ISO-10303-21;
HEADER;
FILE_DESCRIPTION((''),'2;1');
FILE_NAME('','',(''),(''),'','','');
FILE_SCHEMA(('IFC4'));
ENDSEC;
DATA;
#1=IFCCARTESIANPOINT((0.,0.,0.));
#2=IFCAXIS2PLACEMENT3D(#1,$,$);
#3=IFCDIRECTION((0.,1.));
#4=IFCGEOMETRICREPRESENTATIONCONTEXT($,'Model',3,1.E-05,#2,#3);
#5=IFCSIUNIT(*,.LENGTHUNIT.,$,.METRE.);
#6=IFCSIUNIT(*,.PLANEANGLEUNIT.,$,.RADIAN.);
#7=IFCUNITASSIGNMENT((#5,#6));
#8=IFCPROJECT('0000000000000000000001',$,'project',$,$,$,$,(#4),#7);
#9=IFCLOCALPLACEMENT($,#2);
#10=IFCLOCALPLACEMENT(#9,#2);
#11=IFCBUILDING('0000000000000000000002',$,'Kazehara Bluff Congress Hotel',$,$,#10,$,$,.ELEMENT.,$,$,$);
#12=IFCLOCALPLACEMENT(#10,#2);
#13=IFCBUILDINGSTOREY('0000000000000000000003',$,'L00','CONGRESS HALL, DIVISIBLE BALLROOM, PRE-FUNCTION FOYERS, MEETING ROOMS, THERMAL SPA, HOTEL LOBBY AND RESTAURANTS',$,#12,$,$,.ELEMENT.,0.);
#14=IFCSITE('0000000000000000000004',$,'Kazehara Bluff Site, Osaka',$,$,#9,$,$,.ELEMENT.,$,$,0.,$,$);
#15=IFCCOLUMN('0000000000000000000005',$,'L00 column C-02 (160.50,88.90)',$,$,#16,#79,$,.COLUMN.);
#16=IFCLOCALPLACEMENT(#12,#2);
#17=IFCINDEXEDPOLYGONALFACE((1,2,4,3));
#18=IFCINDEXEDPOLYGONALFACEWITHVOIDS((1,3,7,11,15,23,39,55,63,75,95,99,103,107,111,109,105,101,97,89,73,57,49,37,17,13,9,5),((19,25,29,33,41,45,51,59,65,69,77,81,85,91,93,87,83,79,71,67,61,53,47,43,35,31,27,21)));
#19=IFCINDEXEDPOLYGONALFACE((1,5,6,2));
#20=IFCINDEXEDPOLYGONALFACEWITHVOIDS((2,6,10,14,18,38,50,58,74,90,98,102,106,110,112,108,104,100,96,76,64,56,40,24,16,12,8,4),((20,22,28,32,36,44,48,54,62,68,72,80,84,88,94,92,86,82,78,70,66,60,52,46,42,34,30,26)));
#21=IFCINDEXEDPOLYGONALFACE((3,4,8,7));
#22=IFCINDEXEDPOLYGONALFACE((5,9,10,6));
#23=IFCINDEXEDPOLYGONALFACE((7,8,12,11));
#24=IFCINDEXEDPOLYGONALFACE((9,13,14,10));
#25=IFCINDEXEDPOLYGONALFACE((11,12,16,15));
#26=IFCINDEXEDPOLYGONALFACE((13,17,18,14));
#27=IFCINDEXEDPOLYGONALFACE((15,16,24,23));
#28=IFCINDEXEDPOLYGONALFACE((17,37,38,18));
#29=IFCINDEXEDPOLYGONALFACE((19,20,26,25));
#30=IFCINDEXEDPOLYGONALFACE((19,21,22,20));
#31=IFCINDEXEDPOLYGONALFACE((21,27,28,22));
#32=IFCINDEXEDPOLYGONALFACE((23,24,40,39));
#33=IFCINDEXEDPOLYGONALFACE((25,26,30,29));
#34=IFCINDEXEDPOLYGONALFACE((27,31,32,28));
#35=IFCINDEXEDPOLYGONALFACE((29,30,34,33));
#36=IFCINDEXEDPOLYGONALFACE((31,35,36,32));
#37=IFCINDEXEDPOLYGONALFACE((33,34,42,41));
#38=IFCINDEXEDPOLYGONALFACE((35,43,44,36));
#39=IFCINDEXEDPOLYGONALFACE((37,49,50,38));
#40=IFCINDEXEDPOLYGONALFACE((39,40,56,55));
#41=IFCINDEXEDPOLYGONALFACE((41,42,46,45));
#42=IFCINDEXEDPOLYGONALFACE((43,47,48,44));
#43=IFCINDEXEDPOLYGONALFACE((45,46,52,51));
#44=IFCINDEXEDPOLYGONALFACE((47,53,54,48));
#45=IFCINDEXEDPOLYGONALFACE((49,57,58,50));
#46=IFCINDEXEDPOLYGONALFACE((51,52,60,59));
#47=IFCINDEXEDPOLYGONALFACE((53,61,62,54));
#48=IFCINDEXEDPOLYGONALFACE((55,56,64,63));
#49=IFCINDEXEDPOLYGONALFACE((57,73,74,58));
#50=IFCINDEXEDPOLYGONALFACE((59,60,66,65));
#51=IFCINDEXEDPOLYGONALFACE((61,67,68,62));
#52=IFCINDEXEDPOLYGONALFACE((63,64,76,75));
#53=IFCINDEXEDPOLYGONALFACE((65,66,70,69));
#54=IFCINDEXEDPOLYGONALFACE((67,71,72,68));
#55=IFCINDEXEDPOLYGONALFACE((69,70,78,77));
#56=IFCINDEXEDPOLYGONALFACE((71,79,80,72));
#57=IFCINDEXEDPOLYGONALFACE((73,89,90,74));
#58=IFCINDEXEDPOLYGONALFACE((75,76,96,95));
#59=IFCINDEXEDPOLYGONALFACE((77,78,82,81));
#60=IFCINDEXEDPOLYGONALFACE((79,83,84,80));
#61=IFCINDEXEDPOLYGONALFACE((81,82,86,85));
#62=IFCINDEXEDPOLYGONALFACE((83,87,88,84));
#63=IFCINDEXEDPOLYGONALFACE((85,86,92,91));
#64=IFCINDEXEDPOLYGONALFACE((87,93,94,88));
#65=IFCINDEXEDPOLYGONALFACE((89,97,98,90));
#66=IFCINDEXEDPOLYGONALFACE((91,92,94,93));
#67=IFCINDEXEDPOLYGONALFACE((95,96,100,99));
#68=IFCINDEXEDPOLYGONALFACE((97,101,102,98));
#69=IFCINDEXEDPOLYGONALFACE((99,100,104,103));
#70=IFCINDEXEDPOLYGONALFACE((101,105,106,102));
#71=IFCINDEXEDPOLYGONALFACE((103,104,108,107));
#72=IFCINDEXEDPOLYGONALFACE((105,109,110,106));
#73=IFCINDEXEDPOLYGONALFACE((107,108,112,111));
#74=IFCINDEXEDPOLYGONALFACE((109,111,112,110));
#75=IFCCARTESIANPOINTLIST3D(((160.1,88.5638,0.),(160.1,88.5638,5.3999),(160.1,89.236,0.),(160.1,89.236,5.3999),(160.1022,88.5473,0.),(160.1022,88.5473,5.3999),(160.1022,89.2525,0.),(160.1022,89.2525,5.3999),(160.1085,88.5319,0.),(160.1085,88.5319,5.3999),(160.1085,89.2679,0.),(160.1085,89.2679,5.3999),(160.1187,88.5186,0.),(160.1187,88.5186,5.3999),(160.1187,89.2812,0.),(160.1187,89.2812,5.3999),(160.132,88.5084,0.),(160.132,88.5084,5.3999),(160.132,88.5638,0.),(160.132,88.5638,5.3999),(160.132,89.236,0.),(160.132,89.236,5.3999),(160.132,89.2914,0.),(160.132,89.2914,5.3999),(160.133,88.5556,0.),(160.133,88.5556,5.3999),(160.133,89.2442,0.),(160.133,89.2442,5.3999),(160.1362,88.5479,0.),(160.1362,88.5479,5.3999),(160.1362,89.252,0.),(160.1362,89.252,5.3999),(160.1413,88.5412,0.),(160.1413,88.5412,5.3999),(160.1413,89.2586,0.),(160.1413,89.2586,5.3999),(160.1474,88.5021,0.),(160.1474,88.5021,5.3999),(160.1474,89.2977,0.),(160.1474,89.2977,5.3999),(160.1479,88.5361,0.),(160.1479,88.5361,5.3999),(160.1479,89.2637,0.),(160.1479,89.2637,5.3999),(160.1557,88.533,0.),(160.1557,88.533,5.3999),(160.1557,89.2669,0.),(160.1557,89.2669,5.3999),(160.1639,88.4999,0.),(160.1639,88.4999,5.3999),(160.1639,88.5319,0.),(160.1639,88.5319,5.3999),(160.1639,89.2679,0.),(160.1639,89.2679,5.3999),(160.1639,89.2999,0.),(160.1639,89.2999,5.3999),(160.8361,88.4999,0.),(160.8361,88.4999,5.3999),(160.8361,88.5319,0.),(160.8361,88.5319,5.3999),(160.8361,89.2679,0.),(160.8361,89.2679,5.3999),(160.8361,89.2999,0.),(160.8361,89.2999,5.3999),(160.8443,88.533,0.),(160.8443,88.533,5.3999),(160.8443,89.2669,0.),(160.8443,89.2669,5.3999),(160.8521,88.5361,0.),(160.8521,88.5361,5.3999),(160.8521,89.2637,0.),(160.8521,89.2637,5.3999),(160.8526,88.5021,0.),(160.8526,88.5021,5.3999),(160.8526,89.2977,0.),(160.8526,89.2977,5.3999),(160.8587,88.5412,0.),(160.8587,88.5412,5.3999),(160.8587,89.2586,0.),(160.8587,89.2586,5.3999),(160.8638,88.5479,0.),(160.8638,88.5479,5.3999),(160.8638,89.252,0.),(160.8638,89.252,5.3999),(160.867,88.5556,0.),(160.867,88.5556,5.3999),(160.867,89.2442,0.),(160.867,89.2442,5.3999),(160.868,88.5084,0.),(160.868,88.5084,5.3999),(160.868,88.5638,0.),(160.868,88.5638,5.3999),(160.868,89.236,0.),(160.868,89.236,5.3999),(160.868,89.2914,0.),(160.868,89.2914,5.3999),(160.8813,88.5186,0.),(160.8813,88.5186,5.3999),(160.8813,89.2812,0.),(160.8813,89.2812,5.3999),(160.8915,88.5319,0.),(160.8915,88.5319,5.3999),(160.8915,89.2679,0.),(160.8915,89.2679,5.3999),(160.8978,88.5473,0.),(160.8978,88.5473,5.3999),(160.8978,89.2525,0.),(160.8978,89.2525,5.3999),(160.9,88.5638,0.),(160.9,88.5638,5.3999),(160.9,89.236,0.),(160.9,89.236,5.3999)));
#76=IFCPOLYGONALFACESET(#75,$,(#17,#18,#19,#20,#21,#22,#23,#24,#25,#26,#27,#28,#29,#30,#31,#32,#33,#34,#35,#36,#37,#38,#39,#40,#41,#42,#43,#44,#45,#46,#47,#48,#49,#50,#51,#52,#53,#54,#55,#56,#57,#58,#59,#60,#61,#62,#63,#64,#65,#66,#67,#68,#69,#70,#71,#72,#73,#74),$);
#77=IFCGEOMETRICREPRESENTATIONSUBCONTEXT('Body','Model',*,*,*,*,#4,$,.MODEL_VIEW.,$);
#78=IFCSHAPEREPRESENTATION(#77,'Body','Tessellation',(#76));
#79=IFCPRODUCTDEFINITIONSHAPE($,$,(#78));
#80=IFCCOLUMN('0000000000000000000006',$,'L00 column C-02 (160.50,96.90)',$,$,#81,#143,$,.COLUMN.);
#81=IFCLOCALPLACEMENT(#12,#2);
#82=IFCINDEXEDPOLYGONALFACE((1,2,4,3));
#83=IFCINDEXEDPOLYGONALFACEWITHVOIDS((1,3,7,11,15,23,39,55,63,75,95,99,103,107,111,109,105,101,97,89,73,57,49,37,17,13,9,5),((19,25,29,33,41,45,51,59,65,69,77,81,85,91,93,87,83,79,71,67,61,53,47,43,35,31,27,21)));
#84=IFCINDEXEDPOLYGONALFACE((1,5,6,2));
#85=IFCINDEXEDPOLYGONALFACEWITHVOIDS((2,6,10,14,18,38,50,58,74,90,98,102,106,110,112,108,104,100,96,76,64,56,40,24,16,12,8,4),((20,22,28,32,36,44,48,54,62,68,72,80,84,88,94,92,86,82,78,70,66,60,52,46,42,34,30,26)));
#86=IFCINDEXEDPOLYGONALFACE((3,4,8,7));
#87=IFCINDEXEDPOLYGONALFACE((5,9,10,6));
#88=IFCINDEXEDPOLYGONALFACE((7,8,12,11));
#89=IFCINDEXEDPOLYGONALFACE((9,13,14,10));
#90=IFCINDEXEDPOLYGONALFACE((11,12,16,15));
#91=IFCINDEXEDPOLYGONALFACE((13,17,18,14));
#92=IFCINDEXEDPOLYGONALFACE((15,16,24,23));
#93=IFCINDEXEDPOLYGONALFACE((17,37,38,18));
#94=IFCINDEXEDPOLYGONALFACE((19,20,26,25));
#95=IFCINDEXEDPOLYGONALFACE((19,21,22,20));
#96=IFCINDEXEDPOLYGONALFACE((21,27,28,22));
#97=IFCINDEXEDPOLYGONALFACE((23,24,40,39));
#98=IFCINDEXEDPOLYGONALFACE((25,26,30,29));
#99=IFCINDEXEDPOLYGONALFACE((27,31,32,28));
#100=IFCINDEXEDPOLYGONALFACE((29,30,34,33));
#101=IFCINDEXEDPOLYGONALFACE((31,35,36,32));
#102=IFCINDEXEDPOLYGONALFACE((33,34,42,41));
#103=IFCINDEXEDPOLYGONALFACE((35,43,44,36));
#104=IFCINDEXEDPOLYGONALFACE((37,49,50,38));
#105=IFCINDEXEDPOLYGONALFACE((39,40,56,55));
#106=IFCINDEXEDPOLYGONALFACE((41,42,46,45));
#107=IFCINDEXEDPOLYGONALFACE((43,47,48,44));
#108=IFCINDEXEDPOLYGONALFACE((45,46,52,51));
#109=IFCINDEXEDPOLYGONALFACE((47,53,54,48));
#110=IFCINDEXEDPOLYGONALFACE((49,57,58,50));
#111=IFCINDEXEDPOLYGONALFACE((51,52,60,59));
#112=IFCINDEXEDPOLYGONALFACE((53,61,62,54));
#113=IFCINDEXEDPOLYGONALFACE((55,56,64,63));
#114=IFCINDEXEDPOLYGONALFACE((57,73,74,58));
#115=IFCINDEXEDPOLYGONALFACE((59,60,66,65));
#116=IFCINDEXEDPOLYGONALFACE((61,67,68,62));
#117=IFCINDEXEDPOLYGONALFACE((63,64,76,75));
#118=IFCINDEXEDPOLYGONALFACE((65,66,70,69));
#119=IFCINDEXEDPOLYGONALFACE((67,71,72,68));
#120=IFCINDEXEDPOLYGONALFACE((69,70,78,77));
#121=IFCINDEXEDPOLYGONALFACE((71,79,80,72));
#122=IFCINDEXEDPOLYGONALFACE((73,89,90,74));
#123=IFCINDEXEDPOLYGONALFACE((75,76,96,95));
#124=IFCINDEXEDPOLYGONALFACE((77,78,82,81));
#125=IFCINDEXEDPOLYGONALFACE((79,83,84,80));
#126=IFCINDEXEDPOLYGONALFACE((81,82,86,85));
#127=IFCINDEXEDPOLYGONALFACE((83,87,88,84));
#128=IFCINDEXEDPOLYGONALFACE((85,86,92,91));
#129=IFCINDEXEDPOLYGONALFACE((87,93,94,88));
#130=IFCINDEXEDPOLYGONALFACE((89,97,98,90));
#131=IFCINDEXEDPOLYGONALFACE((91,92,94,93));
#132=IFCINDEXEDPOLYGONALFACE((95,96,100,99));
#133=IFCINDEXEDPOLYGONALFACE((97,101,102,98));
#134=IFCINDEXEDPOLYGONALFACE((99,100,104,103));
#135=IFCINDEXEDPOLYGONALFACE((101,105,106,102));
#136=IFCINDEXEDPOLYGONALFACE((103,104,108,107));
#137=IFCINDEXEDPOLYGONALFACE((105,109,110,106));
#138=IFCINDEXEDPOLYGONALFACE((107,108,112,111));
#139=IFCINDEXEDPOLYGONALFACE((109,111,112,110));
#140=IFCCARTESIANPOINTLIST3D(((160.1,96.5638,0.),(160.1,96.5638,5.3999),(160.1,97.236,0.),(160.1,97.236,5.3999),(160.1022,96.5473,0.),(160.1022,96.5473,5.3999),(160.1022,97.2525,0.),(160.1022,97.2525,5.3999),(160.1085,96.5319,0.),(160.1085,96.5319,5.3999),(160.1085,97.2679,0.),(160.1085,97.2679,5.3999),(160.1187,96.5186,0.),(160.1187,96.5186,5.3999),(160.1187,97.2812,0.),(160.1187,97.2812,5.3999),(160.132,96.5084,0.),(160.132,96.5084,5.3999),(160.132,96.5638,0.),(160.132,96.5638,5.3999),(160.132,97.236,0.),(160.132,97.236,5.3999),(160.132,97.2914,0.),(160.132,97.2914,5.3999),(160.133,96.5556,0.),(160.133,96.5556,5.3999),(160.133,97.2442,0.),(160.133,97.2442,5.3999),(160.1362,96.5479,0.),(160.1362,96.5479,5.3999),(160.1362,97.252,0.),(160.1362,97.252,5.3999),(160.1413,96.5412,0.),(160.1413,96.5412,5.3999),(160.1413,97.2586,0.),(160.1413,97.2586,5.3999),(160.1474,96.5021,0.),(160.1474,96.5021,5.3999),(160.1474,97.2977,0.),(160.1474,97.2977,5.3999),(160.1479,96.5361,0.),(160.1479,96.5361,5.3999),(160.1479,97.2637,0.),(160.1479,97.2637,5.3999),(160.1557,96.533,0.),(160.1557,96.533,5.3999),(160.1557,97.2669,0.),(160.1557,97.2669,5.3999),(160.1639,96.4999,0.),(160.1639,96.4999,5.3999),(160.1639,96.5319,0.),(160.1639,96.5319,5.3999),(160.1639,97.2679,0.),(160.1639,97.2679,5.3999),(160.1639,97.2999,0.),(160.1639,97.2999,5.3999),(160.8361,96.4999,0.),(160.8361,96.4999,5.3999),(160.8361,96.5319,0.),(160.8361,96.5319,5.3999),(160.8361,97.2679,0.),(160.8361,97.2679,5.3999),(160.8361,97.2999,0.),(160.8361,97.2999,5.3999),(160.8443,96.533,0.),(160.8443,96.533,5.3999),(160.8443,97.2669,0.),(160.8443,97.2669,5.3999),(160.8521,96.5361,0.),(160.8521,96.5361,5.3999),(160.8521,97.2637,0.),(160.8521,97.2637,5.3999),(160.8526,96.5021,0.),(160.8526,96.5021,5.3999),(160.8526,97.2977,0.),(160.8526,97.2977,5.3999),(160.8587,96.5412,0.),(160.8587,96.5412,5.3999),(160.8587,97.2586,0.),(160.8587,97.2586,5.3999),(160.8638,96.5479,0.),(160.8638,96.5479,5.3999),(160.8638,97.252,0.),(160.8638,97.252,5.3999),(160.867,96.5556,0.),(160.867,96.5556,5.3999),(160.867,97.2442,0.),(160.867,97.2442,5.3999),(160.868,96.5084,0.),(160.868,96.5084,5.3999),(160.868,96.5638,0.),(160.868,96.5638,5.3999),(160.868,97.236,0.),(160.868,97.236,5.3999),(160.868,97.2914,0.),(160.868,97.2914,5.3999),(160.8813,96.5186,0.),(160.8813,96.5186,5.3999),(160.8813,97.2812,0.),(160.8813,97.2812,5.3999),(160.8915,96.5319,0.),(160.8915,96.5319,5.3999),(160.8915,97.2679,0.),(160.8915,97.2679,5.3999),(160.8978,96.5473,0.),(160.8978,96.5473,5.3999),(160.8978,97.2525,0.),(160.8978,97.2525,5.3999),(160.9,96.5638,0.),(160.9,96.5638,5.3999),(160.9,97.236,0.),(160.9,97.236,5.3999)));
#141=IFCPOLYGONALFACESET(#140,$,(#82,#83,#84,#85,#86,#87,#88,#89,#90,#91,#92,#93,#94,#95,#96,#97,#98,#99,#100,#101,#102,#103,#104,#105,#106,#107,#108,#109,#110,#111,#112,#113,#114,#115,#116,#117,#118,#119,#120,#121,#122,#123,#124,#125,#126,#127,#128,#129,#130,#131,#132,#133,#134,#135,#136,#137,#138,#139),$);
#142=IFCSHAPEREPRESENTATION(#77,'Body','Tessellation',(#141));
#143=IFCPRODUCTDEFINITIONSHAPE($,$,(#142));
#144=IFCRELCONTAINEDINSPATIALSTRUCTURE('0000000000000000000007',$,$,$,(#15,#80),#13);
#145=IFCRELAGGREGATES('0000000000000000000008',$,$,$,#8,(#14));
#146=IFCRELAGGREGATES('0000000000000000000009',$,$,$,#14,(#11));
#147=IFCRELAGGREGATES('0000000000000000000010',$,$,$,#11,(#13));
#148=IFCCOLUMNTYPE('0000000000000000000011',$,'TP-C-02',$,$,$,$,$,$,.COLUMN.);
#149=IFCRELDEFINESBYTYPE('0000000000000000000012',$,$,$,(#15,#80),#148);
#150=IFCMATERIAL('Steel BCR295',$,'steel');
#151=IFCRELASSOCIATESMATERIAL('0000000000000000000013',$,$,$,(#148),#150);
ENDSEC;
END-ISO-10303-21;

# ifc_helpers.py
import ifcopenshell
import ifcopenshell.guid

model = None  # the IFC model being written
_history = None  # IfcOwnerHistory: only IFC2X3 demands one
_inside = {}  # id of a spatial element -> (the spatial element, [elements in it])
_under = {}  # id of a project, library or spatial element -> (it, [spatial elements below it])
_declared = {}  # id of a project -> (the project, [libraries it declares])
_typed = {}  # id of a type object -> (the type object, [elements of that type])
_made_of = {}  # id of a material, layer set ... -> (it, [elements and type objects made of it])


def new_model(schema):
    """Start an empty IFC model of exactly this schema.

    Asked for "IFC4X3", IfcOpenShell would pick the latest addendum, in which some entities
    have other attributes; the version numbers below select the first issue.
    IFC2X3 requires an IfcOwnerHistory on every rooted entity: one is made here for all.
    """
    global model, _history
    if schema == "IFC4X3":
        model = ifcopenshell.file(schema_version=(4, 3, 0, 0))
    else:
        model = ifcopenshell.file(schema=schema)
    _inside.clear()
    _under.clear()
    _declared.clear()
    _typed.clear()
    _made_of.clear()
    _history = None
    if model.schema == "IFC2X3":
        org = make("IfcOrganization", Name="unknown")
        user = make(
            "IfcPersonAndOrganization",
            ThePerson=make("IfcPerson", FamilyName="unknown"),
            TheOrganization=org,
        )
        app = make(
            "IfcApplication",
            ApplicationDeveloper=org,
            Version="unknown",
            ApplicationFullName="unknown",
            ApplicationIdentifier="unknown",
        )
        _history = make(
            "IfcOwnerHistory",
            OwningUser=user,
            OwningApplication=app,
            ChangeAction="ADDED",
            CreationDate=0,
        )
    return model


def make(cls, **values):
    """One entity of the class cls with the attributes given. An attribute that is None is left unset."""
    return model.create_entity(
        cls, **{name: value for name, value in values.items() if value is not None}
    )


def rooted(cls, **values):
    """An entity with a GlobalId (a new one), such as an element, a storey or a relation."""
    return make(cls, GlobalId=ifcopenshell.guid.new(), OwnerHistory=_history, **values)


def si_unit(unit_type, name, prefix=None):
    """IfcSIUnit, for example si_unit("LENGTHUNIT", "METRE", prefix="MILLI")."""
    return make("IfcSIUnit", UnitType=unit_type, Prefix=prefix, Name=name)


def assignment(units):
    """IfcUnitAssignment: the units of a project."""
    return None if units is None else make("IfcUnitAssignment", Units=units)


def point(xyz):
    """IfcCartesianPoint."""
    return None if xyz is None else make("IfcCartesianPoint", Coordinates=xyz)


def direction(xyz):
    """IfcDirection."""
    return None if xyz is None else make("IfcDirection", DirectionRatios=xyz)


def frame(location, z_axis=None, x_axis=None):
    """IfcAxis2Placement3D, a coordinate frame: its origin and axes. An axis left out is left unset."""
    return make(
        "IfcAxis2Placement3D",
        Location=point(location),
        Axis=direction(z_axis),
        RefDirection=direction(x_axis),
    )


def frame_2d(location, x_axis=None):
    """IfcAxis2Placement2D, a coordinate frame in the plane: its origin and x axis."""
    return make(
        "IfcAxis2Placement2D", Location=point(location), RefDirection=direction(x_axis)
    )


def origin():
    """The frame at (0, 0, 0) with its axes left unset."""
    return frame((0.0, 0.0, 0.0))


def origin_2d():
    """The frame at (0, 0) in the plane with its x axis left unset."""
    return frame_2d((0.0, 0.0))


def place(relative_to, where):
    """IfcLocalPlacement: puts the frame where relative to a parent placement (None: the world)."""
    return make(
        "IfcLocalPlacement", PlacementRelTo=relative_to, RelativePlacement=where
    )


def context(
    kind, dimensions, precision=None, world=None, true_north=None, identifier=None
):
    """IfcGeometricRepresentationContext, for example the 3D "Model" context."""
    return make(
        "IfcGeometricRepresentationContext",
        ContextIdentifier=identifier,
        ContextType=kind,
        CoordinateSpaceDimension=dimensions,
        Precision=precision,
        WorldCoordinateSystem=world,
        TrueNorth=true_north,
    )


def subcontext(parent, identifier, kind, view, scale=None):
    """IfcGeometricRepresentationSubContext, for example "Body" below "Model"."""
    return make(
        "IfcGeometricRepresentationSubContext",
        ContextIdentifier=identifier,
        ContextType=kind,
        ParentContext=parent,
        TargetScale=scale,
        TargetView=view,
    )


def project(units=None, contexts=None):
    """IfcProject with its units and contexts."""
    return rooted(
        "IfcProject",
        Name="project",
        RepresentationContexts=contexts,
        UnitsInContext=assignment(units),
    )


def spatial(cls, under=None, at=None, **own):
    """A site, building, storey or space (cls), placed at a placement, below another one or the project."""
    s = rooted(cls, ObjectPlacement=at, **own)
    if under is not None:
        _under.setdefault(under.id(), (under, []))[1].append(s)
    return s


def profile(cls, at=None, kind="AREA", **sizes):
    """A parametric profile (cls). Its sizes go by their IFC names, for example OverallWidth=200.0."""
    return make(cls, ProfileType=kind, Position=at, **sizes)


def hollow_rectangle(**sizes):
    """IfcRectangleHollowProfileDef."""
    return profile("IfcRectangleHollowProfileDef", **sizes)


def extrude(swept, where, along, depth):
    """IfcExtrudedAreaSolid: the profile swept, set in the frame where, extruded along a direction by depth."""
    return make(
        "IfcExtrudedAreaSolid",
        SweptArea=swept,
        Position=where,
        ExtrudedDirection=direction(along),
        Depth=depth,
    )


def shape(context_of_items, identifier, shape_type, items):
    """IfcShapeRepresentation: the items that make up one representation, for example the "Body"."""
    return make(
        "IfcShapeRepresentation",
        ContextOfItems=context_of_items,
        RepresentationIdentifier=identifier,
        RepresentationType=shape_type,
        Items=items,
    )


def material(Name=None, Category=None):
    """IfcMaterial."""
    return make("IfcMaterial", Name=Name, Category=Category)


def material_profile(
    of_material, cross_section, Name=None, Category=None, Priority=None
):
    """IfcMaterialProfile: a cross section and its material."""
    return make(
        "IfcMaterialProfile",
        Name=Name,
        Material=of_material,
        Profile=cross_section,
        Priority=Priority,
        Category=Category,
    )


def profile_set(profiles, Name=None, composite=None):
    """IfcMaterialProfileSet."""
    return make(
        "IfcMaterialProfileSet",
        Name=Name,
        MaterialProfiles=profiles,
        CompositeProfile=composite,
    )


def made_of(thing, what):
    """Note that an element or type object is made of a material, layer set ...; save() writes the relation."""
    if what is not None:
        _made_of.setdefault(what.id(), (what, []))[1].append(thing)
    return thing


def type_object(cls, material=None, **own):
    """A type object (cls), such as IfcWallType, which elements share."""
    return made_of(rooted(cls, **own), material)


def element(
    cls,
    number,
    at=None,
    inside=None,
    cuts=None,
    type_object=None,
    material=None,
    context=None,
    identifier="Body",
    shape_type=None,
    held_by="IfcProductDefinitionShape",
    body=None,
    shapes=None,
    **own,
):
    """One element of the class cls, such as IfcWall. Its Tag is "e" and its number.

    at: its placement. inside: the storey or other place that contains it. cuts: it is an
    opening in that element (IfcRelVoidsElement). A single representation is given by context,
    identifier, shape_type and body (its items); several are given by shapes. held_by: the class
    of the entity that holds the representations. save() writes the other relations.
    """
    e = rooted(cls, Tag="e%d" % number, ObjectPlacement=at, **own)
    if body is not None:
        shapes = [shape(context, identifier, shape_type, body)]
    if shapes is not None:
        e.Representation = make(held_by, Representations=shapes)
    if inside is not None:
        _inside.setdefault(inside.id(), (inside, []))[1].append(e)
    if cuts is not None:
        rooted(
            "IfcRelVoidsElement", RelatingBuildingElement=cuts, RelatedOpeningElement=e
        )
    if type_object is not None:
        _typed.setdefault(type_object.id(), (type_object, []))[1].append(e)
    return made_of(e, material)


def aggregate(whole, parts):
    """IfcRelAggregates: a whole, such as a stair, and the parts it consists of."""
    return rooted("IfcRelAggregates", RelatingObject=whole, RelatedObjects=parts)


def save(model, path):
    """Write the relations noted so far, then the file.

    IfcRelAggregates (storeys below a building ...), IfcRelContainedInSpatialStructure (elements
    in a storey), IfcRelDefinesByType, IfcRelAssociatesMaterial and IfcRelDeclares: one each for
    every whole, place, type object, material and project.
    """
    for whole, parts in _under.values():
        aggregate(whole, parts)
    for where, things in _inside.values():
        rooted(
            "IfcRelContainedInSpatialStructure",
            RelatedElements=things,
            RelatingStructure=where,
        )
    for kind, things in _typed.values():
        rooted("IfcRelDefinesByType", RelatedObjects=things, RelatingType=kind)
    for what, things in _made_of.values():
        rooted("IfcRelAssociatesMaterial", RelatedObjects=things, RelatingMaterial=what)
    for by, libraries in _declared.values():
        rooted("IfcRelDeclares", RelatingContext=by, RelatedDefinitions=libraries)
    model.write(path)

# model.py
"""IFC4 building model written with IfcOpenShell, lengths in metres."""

from ifc_helpers import new_model, si_unit, direction, frame, origin, origin_2d, place, context, subcontext, project, spatial, hollow_rectangle, extrude, material, material_profile, profile_set, type_object, element, save


model = new_model("IFC4")

# Units and contexts
model_context = context("Model", 3, precision=1e-05, world=origin(), true_north=direction((0.0, 1.0)))
body_context = subcontext(model_context, "Body", "Model", "MODEL_VIEW")
ifc_project = project(units=[si_unit("LENGTHUNIT", "METRE"), si_unit("PLANEANGLEUNIT", "RADIAN")], contexts=[model_context])

# Site, building, storey
site_placement = place(None, origin())
site = spatial("IfcSite", under=ifc_project, at=site_placement, Name="Kazehara Bluff Site, Osaka", CompositionType="ELEMENT", RefElevation=0.0)
building_placement = place(site_placement, origin())
building = spatial("IfcBuilding", under=site, at=building_placement, Name="Kazehara Bluff Congress Hotel", CompositionType="ELEMENT")
storey_placement = place(building_placement, origin())
storey = spatial("IfcBuildingStorey", under=building, at=storey_placement, Name="L00", Description="CONGRESS HALL, DIVISIBLE BALLROOM, PRE-FUNCTION FOYERS, MEETING ROOMS, THERMAL SPA, HOTEL LOBBY AND RESTAURANTS", CompositionType="ELEMENT", Elevation=0.0)

# Columns
ifc_material_1 = material(Name="Steel BCR295", Category="steel")
ifc_material_profile_1 = material_profile(ifc_material_1, hollow_rectangle(XDim=0.8, YDim=0.8, WallThickness=0.032, InnerFilletRadius=0.032, OuterFilletRadius=0.064, at=origin_2d()))
ifc_profile_set_1 = profile_set([ifc_material_profile_1], Name="Steel BCR295")
column_type_1 = type_object("IfcColumnType", Name="TP-C-02", PredefinedType="COLUMN", material=ifc_profile_set_1)
for number, where, z_axis, x_axis, name in (
    (1, (160.5, 88.8999, 0.0), (0.0, 0.0, 1.0), (1.0, 0.0, 0.0), "L00 column C-02 (160.50,88.90)"),
    (2, (160.5, 96.8999, 0.0), (0.0, 0.0, 1.0), (1.0, 0.0, 0.0), "L00 column C-02 (160.50,96.90)"),
):
    element("IfcColumn", number, at=place(storey_placement, frame(where, z_axis=z_axis, x_axis=x_axis)), inside=storey, type_object=column_type_1, Name=name, PredefinedType="COLUMN", context=body_context, shape_type="SweptSolid", body=[
        extrude(hollow_rectangle(XDim=0.8, YDim=0.8, WallThickness=0.032, InnerFilletRadius=0.032, OuterFilletRadius=0.064, at=origin_2d()), origin(), (0.0, 0.0, 1.0), 5.3999),
    ])

save(model, "model.ifc")
